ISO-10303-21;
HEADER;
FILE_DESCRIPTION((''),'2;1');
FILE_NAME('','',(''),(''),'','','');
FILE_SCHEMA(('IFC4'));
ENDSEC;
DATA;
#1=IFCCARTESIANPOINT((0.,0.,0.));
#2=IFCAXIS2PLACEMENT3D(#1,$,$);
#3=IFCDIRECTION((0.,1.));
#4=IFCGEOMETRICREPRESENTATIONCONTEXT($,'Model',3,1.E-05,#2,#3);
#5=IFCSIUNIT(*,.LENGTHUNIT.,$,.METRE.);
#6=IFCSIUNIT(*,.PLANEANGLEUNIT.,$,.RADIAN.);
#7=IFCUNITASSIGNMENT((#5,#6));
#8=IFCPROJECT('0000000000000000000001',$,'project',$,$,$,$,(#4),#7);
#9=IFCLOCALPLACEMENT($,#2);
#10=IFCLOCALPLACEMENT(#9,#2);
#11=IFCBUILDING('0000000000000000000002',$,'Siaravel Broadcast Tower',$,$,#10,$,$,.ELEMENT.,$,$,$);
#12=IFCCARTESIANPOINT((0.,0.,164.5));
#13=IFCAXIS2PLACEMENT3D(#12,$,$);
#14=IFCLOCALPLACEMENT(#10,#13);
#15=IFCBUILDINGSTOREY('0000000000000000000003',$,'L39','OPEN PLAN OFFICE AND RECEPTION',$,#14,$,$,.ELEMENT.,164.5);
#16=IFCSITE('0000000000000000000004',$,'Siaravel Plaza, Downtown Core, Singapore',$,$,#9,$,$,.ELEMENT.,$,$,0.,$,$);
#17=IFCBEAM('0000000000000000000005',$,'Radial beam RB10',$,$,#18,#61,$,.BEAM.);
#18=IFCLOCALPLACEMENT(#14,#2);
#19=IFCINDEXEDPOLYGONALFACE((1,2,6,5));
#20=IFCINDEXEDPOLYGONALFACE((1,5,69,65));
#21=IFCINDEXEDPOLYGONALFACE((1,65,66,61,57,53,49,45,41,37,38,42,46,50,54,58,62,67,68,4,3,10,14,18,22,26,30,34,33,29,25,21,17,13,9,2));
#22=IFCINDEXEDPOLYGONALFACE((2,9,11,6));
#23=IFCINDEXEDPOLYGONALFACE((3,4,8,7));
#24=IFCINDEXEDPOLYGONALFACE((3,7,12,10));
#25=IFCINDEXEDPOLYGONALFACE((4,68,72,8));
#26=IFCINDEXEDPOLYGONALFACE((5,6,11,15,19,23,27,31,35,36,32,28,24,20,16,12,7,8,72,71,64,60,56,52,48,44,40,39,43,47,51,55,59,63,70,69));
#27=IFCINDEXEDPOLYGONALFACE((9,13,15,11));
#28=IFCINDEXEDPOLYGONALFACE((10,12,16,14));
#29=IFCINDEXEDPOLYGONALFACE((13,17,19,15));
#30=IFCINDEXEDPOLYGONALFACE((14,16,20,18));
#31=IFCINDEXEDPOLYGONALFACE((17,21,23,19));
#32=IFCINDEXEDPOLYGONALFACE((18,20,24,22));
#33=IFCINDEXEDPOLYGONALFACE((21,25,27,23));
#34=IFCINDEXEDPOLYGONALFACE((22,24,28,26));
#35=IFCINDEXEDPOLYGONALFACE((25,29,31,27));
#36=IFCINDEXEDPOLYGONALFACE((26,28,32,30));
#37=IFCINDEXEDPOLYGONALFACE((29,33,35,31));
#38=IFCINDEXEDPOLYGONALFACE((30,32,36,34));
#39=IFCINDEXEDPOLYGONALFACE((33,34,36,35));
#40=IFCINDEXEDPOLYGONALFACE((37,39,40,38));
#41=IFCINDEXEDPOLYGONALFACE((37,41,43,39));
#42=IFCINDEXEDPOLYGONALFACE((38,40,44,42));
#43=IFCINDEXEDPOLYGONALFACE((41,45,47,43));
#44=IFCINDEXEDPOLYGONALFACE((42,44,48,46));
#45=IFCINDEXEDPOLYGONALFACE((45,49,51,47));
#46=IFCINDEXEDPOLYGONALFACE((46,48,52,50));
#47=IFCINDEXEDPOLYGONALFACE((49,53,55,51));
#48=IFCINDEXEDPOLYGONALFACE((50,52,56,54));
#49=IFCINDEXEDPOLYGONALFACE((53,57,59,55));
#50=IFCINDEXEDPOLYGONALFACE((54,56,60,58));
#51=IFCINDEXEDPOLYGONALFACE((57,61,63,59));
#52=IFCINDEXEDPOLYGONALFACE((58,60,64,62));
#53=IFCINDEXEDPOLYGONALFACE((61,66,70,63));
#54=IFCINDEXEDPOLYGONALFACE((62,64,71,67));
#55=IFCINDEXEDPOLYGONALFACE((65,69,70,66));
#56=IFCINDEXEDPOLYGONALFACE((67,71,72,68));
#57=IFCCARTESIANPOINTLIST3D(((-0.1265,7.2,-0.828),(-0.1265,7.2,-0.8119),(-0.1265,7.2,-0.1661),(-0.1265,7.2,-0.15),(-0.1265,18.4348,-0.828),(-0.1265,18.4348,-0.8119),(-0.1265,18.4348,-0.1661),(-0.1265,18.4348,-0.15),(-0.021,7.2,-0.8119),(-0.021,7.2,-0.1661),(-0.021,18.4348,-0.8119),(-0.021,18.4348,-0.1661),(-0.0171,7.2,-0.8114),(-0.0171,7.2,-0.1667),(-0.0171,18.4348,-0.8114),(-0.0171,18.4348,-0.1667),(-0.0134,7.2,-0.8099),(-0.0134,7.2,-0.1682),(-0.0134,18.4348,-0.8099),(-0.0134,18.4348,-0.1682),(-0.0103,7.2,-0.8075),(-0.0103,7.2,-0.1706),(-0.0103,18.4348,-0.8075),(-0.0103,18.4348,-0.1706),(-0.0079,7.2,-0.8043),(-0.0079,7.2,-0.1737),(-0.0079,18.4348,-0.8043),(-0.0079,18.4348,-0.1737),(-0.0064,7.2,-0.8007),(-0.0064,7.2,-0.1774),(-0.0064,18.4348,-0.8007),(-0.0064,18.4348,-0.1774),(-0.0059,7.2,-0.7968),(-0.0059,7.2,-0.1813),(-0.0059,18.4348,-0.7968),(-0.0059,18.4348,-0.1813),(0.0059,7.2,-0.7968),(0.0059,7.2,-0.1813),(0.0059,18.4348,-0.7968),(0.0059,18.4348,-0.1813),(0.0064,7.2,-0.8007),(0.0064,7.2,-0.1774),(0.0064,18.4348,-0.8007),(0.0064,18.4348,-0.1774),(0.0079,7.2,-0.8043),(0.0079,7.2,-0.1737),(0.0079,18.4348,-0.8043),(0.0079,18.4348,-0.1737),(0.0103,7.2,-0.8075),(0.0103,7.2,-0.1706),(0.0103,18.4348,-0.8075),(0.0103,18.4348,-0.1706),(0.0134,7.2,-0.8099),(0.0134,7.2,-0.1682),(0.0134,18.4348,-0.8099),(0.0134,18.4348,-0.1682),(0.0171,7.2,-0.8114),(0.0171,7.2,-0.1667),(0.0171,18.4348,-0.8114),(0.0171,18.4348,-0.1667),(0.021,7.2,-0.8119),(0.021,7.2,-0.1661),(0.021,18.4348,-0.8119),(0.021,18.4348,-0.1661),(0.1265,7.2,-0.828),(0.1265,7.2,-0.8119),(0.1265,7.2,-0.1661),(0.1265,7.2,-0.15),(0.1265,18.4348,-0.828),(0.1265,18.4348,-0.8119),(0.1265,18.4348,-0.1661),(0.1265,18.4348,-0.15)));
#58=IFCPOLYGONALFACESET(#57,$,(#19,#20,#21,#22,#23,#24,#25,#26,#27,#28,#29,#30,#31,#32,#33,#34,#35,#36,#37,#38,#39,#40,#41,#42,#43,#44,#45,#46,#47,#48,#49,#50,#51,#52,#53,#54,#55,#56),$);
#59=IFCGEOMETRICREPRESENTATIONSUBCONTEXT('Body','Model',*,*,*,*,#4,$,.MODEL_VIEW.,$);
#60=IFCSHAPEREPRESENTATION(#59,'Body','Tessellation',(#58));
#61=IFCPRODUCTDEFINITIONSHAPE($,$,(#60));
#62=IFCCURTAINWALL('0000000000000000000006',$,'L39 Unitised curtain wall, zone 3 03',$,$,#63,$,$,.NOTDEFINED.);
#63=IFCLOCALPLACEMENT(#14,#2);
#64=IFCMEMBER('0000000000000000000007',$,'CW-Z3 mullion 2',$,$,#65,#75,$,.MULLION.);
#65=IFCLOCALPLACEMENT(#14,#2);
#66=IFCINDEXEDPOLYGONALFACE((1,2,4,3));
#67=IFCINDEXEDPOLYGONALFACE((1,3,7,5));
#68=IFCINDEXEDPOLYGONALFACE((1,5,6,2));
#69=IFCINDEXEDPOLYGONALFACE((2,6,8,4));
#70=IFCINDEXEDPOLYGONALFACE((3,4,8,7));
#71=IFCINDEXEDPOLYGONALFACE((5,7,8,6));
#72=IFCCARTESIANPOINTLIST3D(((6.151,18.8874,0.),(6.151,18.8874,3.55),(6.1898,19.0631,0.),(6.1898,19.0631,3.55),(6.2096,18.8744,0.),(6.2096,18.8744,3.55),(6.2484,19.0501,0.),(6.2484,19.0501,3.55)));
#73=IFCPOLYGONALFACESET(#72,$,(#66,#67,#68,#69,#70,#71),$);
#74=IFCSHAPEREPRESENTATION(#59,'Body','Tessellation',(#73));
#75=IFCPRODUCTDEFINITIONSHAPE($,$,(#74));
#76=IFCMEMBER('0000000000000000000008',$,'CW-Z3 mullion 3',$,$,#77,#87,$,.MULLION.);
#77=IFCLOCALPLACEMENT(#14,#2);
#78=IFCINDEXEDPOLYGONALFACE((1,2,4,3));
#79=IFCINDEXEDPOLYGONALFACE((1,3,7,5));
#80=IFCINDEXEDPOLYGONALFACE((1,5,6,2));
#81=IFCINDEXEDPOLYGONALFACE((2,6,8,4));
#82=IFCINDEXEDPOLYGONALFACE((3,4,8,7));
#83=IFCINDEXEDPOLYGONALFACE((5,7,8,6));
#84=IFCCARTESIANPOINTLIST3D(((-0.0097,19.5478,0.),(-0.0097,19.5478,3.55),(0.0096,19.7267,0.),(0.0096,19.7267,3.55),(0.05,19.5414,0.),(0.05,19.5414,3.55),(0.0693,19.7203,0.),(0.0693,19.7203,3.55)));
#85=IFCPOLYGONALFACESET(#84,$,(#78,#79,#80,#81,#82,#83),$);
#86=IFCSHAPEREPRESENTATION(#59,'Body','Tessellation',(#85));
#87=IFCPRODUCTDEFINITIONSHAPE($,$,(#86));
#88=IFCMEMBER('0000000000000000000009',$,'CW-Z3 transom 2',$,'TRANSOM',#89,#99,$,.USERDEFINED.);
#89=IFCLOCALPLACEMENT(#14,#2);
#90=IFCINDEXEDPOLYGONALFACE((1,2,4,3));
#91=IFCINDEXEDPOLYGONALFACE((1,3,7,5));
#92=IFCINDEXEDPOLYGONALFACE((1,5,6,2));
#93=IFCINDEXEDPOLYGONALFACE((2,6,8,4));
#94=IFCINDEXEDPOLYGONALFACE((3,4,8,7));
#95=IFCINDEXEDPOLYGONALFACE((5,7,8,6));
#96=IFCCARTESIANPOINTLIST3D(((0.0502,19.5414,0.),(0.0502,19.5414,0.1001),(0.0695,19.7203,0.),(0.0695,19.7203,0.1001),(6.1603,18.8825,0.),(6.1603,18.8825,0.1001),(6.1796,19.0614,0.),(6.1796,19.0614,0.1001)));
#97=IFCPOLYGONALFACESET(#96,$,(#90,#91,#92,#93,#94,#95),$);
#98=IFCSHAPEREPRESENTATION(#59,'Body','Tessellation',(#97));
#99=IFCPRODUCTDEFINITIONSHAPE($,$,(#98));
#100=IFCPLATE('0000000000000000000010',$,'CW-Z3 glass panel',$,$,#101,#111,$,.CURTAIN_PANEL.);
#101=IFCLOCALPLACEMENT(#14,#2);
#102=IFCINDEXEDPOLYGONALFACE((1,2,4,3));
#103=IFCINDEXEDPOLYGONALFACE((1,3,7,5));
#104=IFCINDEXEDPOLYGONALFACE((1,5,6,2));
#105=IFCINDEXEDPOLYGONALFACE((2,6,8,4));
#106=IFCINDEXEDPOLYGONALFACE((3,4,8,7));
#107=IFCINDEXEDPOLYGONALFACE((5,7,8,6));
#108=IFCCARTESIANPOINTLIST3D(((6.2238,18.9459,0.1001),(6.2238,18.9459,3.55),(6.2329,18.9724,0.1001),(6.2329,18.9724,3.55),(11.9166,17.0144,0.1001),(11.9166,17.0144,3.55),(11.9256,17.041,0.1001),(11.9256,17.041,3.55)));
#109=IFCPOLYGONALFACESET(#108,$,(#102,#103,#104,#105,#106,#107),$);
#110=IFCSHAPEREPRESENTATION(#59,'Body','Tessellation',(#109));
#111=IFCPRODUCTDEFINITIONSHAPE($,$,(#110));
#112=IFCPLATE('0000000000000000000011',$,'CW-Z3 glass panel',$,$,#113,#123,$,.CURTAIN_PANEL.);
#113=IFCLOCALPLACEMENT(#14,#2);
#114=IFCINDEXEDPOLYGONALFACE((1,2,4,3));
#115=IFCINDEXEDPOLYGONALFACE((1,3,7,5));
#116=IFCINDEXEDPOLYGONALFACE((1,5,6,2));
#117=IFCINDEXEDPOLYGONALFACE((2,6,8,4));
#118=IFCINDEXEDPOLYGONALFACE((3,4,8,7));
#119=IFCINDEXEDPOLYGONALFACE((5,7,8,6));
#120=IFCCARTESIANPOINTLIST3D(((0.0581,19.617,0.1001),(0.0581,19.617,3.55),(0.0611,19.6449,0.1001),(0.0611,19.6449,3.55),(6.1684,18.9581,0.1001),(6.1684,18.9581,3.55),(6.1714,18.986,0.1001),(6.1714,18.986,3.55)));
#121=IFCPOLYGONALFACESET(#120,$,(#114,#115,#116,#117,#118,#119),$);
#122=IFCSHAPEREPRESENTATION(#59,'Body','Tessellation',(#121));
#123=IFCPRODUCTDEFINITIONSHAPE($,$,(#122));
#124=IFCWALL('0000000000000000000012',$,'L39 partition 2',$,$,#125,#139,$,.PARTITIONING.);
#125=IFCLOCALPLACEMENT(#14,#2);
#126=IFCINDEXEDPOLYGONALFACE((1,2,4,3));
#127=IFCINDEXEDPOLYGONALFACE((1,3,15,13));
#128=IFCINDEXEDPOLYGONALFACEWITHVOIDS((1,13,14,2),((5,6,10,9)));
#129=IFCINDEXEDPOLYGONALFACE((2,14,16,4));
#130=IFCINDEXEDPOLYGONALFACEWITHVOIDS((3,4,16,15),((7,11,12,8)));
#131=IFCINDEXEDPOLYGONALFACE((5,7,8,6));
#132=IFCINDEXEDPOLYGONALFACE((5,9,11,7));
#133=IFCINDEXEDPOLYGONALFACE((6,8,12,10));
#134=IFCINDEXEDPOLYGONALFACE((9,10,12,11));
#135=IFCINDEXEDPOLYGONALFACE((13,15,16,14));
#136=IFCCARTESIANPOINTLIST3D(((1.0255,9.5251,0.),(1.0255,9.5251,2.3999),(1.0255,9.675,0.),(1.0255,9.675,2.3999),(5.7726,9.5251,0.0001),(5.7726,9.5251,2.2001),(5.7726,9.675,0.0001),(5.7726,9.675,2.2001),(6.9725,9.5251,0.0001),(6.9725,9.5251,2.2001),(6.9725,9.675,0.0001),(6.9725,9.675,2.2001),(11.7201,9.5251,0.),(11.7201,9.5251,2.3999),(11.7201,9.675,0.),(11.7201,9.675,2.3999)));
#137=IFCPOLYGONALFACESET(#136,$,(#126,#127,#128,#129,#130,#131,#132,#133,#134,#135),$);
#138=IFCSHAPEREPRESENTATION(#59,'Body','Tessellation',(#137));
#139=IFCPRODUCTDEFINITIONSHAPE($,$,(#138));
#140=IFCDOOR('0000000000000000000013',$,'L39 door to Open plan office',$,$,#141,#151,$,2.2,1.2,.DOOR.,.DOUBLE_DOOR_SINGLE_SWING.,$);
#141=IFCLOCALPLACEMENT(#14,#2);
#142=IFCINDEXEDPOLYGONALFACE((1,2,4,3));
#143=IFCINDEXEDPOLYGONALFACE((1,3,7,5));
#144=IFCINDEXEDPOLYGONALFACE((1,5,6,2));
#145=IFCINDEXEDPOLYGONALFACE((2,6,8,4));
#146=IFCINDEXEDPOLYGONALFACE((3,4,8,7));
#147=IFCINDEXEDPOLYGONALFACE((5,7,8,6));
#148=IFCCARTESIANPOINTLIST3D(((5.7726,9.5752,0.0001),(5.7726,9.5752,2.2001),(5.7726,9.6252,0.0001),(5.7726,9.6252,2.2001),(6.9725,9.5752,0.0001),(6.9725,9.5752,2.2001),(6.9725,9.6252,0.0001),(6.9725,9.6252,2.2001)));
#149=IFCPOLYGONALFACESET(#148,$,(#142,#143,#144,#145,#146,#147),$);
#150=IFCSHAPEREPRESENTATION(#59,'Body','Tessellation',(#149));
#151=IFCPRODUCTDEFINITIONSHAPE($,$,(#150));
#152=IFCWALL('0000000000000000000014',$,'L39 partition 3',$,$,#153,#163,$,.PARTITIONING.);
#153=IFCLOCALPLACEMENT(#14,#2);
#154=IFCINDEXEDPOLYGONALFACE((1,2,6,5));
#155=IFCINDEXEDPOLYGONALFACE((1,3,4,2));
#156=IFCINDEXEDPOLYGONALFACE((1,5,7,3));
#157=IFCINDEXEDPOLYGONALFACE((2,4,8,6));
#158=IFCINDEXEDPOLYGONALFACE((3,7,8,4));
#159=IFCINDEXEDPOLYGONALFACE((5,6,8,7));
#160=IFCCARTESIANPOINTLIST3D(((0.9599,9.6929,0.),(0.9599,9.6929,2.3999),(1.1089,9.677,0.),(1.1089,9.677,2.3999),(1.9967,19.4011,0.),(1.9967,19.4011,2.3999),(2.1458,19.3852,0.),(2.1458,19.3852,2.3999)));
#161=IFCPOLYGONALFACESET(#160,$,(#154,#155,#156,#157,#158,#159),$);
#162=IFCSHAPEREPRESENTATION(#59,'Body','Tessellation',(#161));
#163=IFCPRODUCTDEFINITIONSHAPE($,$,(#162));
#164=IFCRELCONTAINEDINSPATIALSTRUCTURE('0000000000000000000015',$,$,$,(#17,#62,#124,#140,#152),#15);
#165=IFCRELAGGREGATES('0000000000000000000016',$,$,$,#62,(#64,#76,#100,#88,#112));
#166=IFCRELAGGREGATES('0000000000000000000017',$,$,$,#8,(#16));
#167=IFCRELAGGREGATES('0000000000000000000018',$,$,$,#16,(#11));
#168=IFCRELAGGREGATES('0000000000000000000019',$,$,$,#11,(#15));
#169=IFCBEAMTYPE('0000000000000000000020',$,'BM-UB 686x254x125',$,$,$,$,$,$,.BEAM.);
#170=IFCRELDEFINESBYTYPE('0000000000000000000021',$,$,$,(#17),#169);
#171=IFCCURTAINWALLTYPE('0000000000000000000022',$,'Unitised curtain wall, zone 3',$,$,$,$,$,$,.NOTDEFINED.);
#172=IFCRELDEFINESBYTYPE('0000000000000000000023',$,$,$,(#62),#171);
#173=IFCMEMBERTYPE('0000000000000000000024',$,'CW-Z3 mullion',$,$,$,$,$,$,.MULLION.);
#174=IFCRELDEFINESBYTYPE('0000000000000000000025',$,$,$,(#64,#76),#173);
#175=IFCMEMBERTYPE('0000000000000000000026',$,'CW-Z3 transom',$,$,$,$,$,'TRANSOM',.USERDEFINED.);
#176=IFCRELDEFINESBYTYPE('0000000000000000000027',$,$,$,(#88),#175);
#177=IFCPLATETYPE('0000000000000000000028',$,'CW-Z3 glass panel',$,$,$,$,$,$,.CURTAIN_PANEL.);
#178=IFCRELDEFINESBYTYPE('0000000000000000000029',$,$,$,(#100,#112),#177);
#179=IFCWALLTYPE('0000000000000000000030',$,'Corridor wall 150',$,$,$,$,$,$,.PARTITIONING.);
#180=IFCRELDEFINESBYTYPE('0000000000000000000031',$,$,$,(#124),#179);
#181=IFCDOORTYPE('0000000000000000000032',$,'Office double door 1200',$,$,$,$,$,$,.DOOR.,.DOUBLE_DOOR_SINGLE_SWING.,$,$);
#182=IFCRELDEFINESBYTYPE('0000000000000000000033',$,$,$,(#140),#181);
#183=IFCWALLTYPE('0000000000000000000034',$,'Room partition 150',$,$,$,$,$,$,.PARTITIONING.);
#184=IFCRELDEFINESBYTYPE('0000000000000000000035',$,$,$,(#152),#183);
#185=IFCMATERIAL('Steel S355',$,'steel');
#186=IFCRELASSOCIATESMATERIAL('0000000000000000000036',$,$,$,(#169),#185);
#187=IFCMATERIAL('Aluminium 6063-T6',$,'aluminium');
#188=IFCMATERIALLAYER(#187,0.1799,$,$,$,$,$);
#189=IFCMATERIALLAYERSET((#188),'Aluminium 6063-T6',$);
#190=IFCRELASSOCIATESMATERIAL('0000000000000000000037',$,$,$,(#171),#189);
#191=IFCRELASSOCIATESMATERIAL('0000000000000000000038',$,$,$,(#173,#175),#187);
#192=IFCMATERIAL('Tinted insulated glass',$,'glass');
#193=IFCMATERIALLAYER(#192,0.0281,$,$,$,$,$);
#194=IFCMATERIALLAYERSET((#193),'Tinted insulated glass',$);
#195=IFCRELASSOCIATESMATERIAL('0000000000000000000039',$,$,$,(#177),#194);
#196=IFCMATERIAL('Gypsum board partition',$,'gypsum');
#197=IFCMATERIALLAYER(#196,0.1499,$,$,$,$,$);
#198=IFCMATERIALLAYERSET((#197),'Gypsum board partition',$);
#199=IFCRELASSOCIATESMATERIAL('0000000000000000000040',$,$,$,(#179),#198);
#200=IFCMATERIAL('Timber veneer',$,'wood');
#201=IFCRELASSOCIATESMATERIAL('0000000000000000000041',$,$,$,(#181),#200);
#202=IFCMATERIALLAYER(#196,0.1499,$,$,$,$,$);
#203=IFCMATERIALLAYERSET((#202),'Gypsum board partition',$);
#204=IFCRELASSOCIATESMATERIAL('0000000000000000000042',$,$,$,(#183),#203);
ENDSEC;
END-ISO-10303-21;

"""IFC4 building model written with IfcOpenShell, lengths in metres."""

from ifc_helpers import new_model, si_unit, direction, frame, frame_2d, origin, origin_2d, place, context, subcontext, project, spatial, rectangle, i_section, extrude, material, layer, layer_set, material_profile, profile_set, type_object, element, fill, aggregate, save


model = new_model("IFC4")

# Units and contexts
model_context = context("Model", 3, precision=1e-05, world=origin(), true_north=direction((0.0, 1.0)))
body_context = subcontext(model_context, "Body", "Model", "MODEL_VIEW")
ifc_project = project(units=[si_unit("LENGTHUNIT", "METRE"), si_unit("PLANEANGLEUNIT", "RADIAN")], contexts=[model_context])

# Site, building, storey
site_placement = place(None, origin())
site = spatial("IfcSite", under=ifc_project, at=site_placement, Name="Siaravel Plaza, Downtown Core, Singapore", CompositionType="ELEMENT", RefElevation=0.0)
building_placement = place(site_placement, origin())
building = spatial("IfcBuilding", under=site, at=building_placement, Name="Siaravel Broadcast Tower", CompositionType="ELEMENT")
storey_placement = place(building_placement, frame((0.0, 0.0, 164.5)))
storey = spatial("IfcBuildingStorey", under=building, at=storey_placement, Name="L39", Description="OPEN PLAN OFFICE AND RECEPTION", CompositionType="ELEMENT", Elevation=164.5)

# Beam
ifc_material_1 = material(Name="Steel S355", Category="steel")
ifc_material_profile_1 = material_profile(ifc_material_1, i_section(OverallWidth=0.2529, OverallDepth=0.678, WebThickness=0.0117, FlangeThickness=0.0161, FilletRadius=0.0151, at=origin_2d()))
ifc_profile_set_1 = profile_set([ifc_material_profile_1], Name="Steel S355")
beam_type = type_object("IfcBeamType", Name="BM-UB 686x254x125", PredefinedType="BEAM", material=ifc_profile_set_1)
beam_1_placement = place(storey_placement, frame((0.0, 18.4348, -0.489), z_axis=(0.0, -1.0, 0.0), x_axis=(1.0, 0.0, 0.0)))
element("IfcBeam", 1, at=beam_1_placement, inside=storey, type_object=beam_type, Name="Radial beam RB10", PredefinedType="BEAM", context=body_context, shape_type="SweptSolid", body=[
    extrude(i_section(OverallWidth=0.2529, OverallDepth=0.678, WebThickness=0.0117, FlangeThickness=0.0161, FilletRadius=0.0151, at=origin_2d()), origin(), (0.0, 0.0, 1.0), 11.2349),
])

# Curtain wall, members, plates
ifc_material_2 = material(Name="Aluminium 6063-T6", Category="aluminium")
ifc_layer_1 = layer(ifc_material_2, 0.1799)
ifc_layer_set_1 = layer_set([ifc_layer_1], Name="Aluminium 6063-T6")
curtain_wall_type = type_object("IfcCurtainWallType", Name="Unitised curtain wall, zone 3", PredefinedType="NOTDEFINED", material=ifc_layer_set_1)
curtain_wall_placement = place(storey_placement, origin())
curtain_wall = element("IfcCurtainWall", 2, at=curtain_wall_placement, inside=storey, type_object=curtain_wall_type, Name="L39 Unitised curtain wall, zone 3 03", PredefinedType="NOTDEFINED")
ifc_material_profile_2 = material_profile(ifc_material_2, rectangle(XDim=0.1799, YDim=0.0601, at=origin_2d()))
ifc_profile_set_2 = profile_set([ifc_material_profile_2], Name="Aluminium 6063-T6")
member_type_1 = type_object("IfcMemberType", Name="CW-Z3 mullion", PredefinedType="MULLION", material=ifc_profile_set_2)
member_1_placement = place(storey_placement, frame((6.1997, 18.9688, 0.0), z_axis=(0.0, 0.0, 1.0), x_axis=(-0.215559, -0.976491, 0.0)))
member_1 = element("IfcMember", 3, at=member_1_placement, type_object=member_type_1, Name="CW-Z3 mullion 2", PredefinedType="MULLION", context=body_context, shape_type="SweptSolid", body=[
    extrude(rectangle(XDim=0.1799, YDim=0.0601, at=origin_2d()), origin(), (0.0, 0.0, 1.0), 3.55),
])
member_2_placement = place(storey_placement, frame((0.0298, 19.634, 0.0), z_axis=(0.0, 0.0, 1.0), x_axis=(-0.107218, -0.994236, 0.0)))
member_2 = element("IfcMember", 4, at=member_2_placement, type_object=member_type_1, Name="CW-Z3 mullion 3", PredefinedType="MULLION", context=body_context, shape_type="SweptSolid", body=[
    extrude(rectangle(XDim=0.1799, YDim=0.0601, at=origin_2d()), origin(), (0.0, 0.0, 1.0), 3.55),
])
ifc_material_profile_3 = material_profile(ifc_material_2, rectangle(XDim=0.1799, YDim=0.1001, at=origin_2d()))
ifc_profile_set_3 = profile_set([ifc_material_profile_3], Name="Aluminium 6063-T6")
member_type_2 = type_object("IfcMemberType", Name="CW-Z3 transom", ElementType="TRANSOM", PredefinedType="USERDEFINED", material=ifc_profile_set_3)
member_3_placement = place(storey_placement, frame((6.1699, 18.9719, 0.05), z_axis=(-0.994235, 0.107222, 0.0), x_axis=(-0.107222, -0.994235, 0.0)))
member_3 = element("IfcMember", 5, at=member_3_placement, type_object=member_type_2, Name="CW-Z3 transom 2", ObjectType="TRANSOM", PredefinedType="USERDEFINED", context=body_context, shape_type="SweptSolid", body=[
    extrude(rectangle(XDim=0.1799, YDim=0.1001, at=origin_2d()), origin(), (0.0, 0.0, 1.0), 6.1455),
])
ifc_material_3 = material(Name="Tinted insulated glass", Category="glass")
ifc_layer_2 = layer(ifc_material_3, 0.0281)
ifc_layer_set_2 = layer_set([ifc_layer_2], Name="Tinted insulated glass")
plate_type = type_object("IfcPlateType", Name="CW-Z3 glass panel", PredefinedType="CURTAIN_PANEL", material=ifc_layer_set_2)
plate_1_placement = place(storey_placement, frame((9.0747, 17.9934, 0.1001), z_axis=(0.0, 0.0, 1.0), x_axis=(-0.946977, 0.321301, 0.0)))
plate_1 = element("IfcPlate", 6, at=plate_1_placement, type_object=plate_type, Name="CW-Z3 glass panel", PredefinedType="CURTAIN_PANEL", context=body_context, shape_type="SweptSolid", body=[
    extrude(rectangle(XDim=6.0115, YDim=0.0281, at=origin_2d()), origin(), (0.0, 0.0, 1.0), 3.45),
])
plate_2_placement = place(storey_placement, frame((3.1147, 19.3015, 0.1001), z_axis=(0.0, 0.0, 1.0), x_axis=(-0.994236, 0.107218, 0.0)))
plate_2 = element("IfcPlate", 7, at=plate_2_placement, type_object=plate_type, Name="CW-Z3 glass panel", PredefinedType="CURTAIN_PANEL", context=body_context, shape_type="SweptSolid", body=[
    extrude(rectangle(XDim=6.1458, YDim=0.0281, at=origin_2d()), origin(), (0.0, 0.0, 1.0), 3.45),
])
aggregate(curtain_wall, [member_1, member_2, plate_1, member_3, plate_2])

# Wall, opening, door
ifc_material_4 = material(Name="Gypsum board partition", Category="gypsum")
ifc_layer_3 = layer(ifc_material_4, 0.1499)
ifc_layer_set_3 = layer_set([ifc_layer_3], Name="Gypsum board partition")
wall_type_1 = type_object("IfcWallType", Name="Corridor wall 150", PredefinedType="PARTITIONING", material=ifc_layer_set_3)
wall_1_placement = place(storey_placement, frame((11.72, 9.6001, 0.0), z_axis=(0.0, 0.0, 1.0), x_axis=(-1.0, 0.0, 0.0)))
wall_1 = element("IfcWall", 8, at=wall_1_placement, inside=storey, type_object=wall_type_1, Name="L39 partition 2", PredefinedType="PARTITIONING", context=body_context, shape_type="SweptSolid", body=[
    extrude(rectangle(XDim=10.6946, YDim=0.1499, at=frame_2d((5.3472, 0.0))), origin(), (0.0, 0.0, 1.0), 2.3999),
])
opening_1_placement = place(wall_1_placement, frame((4.7473, 0.0, 0.0)))
opening_1 = element("IfcOpeningElement", 9, at=opening_1_placement, cuts=wall_1, PredefinedType="OPENING", context=body_context, shape_type="SweptSolid", body=[
    extrude(rectangle(XDim=1.2, YDim=2.2, at=frame_2d((0.6001, 1.1001))), frame((0.0, 0.085, 0.0), z_axis=(0.0, -1.0, 0.0), x_axis=(1.0, 0.0, 0.0)), (0.0, 0.0, 1.0), 0.1699),
])
ifc_material_5 = material(Name="Timber veneer", Category="wood")
door_type_1 = type_object("IfcDoorType", Name="Office double door 1200", OperationType="DOUBLE_DOOR_SINGLE_SWING", PredefinedType="DOOR", material=ifc_material_5)
door_1_placement = place(opening_1_placement, origin())
door_1 = element("IfcDoor", 10, at=door_1_placement, inside=storey, type_object=door_type_1, Name="L39 door to Open plan office", OperationType="DOUBLE_DOOR_SINGLE_SWING", OverallHeight=2.2, OverallWidth=1.2, PredefinedType="DOOR", context=body_context, shape_type="SweptSolid", body=[
    extrude(rectangle(XDim=1.2, YDim=2.2, at=frame_2d((0.6001, 1.1001))), frame((0.0, 0.0249, 0.0), z_axis=(0.0, -1.0, 0.0), x_axis=(1.0, 0.0, 0.0)), (0.0, 0.0, 1.0), 0.05),
])
fill(opening_1, door_1)

# Wall
ifc_layer_4 = layer(ifc_material_4, 0.1499)
ifc_layer_set_4 = layer_set([ifc_layer_4], Name="Gypsum board partition")
wall_type_2 = type_object("IfcWallType", Name="Room partition 150", PredefinedType="PARTITIONING", material=ifc_layer_set_4)
wall_2_placement = place(storey_placement, frame((2.0713, 19.3933, 0.0), z_axis=(0.0, 0.0, 1.0), x_axis=(-0.106198, -0.994345, 0.0)))
element("IfcWall", 11, at=wall_2_placement, inside=storey, type_object=wall_type_2, Name="L39 partition 3", PredefinedType="PARTITIONING", context=body_context, shape_type="SweptSolid", body=[
    extrude(rectangle(XDim=9.7634, YDim=0.1499, at=frame_2d((4.8818, 0.0))), origin(), (0.0, 0.0, 1.0), 2.3999),
])

save(model, "model.ifc")
